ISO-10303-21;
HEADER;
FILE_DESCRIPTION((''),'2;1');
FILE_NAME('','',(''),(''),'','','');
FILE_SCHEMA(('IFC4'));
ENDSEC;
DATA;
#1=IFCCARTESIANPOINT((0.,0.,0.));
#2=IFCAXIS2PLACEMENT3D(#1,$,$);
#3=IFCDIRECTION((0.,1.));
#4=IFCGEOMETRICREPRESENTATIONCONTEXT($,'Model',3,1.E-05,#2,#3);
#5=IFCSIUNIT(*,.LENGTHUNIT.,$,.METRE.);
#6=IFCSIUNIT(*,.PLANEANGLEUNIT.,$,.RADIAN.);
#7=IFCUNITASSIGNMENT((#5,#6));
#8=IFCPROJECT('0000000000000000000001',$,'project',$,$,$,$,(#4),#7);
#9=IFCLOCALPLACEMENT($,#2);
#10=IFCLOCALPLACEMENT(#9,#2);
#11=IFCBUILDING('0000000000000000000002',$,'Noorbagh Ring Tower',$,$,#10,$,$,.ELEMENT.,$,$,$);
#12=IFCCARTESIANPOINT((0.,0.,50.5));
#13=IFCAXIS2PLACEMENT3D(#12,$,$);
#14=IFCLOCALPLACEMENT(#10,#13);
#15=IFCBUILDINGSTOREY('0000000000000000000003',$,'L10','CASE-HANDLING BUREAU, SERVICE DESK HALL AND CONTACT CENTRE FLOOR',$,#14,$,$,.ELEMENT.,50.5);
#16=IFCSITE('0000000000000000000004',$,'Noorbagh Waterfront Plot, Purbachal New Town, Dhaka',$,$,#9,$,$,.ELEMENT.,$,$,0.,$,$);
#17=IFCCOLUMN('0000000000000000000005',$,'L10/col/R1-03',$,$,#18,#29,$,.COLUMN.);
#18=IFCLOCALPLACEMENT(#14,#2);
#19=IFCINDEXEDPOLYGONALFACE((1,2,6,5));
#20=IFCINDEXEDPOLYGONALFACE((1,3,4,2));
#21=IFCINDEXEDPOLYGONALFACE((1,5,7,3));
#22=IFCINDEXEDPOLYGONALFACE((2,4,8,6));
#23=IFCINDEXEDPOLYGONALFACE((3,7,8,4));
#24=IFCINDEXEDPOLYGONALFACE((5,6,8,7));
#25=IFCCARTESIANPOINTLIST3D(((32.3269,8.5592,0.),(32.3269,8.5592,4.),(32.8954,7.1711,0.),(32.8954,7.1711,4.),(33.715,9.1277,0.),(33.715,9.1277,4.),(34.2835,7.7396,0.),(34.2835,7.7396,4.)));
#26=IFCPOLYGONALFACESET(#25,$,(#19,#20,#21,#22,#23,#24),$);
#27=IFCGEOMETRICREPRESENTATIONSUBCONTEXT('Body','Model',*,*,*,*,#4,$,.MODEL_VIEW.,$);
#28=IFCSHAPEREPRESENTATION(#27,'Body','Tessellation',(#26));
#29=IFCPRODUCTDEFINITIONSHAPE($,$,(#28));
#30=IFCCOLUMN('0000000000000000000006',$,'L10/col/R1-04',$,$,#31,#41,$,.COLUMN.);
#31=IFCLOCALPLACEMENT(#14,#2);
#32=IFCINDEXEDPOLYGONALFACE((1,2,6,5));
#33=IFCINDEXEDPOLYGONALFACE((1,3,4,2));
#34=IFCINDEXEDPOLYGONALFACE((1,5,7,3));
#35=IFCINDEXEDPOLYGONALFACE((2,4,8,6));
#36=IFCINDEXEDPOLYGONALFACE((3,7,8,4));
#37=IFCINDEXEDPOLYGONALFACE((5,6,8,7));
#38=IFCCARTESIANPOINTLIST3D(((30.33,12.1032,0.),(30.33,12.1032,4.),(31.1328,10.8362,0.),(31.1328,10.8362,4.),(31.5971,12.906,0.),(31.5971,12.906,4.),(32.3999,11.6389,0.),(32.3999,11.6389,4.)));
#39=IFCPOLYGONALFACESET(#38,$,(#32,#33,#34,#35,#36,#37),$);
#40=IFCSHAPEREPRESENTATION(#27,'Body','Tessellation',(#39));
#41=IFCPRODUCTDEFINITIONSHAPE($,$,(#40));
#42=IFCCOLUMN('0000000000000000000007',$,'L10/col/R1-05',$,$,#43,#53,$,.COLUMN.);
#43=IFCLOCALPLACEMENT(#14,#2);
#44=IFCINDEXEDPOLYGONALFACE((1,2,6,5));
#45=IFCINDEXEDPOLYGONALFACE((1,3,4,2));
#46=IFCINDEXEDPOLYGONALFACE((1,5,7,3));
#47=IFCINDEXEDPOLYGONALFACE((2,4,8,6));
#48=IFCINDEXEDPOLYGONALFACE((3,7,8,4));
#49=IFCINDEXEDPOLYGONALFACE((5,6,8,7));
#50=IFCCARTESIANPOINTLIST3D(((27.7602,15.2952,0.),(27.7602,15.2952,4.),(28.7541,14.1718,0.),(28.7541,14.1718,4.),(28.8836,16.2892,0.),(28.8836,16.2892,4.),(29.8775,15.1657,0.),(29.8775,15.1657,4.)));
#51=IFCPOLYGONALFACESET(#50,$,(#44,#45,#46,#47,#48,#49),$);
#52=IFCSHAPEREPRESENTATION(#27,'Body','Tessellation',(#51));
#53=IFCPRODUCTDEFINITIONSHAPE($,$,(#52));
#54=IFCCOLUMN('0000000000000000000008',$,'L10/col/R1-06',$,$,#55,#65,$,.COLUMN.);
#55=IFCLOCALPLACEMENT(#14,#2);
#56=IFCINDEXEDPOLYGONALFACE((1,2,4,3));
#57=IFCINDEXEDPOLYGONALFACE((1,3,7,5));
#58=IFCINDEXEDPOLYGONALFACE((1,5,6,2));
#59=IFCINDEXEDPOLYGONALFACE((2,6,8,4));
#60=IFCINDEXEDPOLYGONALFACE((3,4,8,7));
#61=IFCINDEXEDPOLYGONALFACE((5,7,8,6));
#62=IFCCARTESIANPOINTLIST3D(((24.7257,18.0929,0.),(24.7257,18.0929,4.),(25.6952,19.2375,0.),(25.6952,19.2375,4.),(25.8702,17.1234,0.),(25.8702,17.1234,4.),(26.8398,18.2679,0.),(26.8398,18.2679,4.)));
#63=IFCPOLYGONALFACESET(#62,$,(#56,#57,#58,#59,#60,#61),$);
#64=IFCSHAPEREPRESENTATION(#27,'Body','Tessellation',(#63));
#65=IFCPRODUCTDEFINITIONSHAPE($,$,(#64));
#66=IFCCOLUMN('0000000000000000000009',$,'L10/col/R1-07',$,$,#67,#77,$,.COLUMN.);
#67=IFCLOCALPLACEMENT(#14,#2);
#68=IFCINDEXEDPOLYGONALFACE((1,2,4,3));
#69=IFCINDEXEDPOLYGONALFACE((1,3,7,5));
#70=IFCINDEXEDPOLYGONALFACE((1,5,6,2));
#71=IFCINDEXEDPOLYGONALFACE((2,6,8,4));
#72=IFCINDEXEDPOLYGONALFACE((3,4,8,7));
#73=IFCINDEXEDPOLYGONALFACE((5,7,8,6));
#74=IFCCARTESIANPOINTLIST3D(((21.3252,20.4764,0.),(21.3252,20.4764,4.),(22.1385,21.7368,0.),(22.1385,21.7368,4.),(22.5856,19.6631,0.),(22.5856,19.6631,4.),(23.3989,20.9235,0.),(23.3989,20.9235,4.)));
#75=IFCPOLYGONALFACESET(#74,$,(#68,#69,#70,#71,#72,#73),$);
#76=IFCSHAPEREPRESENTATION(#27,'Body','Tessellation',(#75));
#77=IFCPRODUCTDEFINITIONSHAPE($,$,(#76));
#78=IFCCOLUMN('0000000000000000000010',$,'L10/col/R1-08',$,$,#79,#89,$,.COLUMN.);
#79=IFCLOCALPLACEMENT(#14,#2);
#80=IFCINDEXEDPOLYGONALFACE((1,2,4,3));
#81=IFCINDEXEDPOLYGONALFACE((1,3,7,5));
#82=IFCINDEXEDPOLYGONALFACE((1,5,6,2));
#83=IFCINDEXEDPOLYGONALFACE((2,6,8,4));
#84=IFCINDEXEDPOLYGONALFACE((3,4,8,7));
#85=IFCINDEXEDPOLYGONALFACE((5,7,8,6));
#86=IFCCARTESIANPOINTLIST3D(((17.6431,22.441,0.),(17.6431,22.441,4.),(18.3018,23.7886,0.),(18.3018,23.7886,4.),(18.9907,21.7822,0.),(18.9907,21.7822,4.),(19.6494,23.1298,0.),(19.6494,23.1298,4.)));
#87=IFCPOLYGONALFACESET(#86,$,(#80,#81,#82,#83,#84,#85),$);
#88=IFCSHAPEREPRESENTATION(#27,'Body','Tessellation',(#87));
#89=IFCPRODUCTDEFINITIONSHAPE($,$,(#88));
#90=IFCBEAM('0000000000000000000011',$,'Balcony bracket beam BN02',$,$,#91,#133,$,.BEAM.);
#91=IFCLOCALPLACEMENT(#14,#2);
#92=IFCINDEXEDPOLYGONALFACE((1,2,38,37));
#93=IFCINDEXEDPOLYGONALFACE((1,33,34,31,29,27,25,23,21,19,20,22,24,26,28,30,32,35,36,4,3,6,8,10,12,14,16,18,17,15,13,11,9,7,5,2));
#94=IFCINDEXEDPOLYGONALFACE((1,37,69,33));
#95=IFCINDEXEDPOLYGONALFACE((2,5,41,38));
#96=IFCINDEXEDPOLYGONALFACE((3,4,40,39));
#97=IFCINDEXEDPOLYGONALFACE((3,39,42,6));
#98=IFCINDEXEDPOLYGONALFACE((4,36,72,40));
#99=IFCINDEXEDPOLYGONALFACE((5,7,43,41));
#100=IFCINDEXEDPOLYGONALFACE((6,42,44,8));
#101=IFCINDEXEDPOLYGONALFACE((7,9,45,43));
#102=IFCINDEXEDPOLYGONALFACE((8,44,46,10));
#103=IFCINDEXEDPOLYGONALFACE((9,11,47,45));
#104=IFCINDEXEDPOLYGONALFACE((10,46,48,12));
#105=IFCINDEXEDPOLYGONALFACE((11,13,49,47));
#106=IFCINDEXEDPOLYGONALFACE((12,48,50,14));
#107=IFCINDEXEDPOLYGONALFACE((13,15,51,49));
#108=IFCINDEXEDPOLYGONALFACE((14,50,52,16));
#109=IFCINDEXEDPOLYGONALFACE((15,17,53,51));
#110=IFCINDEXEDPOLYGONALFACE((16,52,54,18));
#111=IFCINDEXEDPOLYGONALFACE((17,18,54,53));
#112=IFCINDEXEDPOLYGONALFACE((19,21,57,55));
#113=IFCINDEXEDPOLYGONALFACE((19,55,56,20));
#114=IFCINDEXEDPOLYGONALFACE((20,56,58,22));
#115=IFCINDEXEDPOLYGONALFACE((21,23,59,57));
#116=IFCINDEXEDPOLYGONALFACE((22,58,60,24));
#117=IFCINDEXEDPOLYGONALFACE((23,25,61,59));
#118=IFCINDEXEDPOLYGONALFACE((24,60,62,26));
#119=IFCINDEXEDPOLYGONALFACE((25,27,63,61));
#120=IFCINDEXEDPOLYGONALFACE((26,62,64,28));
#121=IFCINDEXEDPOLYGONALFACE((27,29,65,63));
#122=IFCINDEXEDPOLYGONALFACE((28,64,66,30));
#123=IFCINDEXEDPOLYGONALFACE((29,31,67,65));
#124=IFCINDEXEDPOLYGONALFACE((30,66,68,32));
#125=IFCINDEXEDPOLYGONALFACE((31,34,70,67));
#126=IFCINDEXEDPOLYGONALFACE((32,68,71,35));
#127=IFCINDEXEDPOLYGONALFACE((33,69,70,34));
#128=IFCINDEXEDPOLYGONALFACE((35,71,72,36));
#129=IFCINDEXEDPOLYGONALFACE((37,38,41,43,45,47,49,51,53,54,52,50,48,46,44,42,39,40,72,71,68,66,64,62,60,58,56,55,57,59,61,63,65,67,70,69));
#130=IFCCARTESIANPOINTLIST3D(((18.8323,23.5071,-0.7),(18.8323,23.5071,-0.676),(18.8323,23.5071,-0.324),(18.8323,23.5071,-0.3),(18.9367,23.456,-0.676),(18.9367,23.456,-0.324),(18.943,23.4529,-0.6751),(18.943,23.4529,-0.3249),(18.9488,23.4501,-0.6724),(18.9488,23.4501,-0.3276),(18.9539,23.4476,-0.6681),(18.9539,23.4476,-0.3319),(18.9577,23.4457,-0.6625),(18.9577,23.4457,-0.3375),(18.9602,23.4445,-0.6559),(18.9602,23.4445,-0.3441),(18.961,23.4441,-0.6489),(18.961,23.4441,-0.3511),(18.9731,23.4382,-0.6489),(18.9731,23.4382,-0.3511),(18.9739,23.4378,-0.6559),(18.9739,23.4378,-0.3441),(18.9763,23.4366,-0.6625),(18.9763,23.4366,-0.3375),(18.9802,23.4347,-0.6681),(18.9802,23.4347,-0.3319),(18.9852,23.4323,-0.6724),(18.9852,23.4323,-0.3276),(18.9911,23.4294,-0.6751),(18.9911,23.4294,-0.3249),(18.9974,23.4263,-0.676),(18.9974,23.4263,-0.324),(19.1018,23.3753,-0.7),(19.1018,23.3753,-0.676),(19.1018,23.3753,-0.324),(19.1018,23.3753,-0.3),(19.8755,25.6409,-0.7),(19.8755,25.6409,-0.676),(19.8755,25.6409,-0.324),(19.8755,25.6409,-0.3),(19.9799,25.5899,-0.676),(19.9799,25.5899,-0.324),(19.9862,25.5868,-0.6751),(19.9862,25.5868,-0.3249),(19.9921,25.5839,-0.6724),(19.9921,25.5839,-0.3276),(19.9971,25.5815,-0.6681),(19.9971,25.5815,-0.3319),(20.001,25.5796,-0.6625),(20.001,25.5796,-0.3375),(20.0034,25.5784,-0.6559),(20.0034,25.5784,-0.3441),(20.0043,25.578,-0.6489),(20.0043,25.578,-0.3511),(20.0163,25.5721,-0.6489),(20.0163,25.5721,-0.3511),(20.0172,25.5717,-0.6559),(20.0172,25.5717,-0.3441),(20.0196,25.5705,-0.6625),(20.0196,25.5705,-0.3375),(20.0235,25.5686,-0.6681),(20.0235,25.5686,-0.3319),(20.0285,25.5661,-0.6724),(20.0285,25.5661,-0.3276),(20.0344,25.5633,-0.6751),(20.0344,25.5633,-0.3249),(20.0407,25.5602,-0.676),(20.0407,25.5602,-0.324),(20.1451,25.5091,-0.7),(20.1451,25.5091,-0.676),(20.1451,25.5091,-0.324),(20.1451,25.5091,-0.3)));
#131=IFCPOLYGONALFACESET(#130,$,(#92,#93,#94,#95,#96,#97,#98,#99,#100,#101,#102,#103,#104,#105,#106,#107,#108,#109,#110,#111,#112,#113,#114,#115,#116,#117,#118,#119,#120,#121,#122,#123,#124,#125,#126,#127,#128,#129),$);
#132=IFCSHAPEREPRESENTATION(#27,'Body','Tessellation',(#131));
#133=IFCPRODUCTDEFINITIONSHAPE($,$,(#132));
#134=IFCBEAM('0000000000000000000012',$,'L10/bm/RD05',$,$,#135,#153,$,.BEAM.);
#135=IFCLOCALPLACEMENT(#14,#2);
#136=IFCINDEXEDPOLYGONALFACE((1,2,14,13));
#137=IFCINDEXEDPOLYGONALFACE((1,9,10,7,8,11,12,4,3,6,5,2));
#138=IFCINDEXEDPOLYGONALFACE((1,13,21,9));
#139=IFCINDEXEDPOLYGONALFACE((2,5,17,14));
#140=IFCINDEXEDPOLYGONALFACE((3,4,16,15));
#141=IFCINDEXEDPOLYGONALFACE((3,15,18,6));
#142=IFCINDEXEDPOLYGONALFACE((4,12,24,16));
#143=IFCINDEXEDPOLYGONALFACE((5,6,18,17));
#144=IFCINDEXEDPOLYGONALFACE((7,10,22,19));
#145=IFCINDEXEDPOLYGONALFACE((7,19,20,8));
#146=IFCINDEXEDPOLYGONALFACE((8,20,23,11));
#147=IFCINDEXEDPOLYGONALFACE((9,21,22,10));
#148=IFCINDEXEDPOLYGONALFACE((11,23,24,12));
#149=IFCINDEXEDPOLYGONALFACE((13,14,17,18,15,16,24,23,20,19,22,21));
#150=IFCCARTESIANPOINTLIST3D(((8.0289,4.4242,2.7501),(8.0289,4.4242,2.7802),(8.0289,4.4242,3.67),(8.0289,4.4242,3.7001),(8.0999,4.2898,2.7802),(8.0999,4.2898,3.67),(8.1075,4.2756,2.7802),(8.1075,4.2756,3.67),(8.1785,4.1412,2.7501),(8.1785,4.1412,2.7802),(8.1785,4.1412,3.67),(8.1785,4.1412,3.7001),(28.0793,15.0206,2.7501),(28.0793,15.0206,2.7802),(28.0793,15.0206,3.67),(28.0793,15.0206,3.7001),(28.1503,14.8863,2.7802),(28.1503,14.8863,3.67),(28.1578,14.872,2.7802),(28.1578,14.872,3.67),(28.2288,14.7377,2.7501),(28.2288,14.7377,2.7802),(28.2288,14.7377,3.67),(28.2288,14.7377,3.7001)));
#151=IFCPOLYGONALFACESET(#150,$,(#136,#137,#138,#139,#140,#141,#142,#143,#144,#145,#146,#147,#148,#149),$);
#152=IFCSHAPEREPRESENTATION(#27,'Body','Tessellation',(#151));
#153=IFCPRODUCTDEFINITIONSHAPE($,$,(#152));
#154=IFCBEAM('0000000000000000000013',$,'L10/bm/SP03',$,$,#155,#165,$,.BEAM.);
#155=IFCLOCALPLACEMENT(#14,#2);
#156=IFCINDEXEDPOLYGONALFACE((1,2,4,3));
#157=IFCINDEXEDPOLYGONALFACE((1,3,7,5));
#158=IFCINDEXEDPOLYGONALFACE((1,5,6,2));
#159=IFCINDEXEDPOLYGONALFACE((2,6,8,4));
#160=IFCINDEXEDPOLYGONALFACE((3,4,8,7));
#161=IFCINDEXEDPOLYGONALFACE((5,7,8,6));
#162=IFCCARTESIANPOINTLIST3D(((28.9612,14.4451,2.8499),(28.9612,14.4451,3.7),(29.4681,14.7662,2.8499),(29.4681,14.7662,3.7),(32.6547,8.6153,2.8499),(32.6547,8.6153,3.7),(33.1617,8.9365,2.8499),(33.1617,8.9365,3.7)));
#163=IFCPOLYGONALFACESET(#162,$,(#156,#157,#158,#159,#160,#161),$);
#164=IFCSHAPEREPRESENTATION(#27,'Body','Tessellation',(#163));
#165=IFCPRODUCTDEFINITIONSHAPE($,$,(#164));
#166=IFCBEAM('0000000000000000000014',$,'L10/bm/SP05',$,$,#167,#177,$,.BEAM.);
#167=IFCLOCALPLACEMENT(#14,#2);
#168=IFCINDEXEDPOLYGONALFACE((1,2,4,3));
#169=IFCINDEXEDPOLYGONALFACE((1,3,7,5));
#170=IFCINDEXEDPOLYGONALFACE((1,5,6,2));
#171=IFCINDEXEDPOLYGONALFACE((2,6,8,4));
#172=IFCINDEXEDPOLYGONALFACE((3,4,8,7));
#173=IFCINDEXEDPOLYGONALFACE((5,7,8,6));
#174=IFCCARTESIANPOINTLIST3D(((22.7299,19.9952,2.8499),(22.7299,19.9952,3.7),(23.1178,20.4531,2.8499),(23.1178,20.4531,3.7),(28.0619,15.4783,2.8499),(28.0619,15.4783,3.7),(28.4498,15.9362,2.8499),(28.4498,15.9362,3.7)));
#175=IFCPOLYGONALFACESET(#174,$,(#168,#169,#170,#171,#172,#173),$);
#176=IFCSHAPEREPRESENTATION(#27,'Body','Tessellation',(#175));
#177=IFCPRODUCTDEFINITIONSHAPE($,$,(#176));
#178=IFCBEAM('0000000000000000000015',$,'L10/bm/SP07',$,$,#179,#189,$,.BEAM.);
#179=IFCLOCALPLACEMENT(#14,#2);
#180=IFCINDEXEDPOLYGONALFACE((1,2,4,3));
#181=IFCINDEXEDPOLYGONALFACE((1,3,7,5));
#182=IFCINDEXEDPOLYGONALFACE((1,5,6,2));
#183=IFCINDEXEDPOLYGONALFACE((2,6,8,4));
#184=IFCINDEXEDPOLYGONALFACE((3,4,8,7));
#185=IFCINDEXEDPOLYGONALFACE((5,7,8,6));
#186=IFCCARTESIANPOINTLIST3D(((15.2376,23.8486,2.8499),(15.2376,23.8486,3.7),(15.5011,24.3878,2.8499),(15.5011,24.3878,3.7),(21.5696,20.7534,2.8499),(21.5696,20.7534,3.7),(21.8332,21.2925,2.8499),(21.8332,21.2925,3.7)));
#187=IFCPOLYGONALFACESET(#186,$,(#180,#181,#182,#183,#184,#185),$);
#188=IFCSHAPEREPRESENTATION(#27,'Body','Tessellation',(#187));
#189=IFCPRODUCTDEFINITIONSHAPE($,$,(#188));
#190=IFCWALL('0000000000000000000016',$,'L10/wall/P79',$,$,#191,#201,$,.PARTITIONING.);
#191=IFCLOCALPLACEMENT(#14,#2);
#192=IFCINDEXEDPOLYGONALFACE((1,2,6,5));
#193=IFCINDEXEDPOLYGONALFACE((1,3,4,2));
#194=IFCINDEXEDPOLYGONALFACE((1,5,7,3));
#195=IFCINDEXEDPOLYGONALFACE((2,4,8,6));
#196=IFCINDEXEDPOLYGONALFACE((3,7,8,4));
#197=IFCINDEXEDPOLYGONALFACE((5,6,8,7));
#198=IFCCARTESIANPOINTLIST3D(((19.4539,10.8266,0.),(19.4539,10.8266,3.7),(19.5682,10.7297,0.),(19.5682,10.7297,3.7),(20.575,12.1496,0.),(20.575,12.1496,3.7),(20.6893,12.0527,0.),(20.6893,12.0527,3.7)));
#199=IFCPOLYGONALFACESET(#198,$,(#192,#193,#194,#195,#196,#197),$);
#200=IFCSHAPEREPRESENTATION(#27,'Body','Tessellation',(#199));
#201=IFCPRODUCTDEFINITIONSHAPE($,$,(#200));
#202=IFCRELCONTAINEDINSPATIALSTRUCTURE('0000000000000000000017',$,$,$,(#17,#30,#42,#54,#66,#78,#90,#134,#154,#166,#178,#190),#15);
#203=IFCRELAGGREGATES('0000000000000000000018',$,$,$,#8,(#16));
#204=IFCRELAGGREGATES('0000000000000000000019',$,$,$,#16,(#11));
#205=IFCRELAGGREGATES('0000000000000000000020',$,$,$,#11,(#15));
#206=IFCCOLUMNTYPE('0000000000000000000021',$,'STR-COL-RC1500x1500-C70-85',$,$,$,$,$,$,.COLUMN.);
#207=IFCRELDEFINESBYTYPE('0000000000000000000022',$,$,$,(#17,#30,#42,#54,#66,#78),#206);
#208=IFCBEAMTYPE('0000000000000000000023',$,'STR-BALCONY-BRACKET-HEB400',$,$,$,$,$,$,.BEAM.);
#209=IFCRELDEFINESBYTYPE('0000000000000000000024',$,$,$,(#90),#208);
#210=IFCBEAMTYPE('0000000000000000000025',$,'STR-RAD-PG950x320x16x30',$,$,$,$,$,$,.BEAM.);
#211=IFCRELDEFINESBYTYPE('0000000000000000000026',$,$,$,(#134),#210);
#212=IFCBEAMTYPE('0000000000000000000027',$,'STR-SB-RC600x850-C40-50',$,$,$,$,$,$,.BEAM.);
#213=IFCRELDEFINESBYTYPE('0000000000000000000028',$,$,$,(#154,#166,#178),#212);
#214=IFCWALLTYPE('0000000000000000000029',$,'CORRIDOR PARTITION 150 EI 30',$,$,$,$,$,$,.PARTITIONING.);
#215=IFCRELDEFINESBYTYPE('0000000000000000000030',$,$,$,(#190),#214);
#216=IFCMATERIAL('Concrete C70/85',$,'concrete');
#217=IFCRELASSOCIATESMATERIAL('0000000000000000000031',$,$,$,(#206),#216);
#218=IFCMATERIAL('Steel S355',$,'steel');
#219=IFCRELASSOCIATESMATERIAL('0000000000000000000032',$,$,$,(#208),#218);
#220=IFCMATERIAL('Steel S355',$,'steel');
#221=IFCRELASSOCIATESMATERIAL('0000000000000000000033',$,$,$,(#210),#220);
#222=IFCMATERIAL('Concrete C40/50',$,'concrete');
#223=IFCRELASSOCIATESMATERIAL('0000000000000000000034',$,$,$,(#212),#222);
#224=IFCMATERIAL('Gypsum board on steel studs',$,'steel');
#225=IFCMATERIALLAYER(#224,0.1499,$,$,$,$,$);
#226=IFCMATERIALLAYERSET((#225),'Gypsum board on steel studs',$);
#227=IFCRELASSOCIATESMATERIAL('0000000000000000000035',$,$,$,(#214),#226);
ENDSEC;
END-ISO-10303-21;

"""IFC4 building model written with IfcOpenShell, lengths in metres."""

from ifc_helpers import new_model, si_unit, direction, frame, frame_2d, origin, origin_2d, place, context, subcontext, project, spatial, rectangle, i_section, extrude, material, layer, layer_set, material_profile, profile_set, type_object, element, save


model = new_model("IFC4")

# Units and contexts
model_context = context("Model", 3, precision=1e-05, world=origin(), true_north=direction((0.0, 1.0)))
body_context = subcontext(model_context, "Body", "Model", "MODEL_VIEW")
ifc_project = project(units=[si_unit("LENGTHUNIT", "METRE"), si_unit("PLANEANGLEUNIT", "RADIAN")], contexts=[model_context])

# Site, building, storey
site_placement = place(None, origin())
site = spatial("IfcSite", under=ifc_project, at=site_placement, Name="Noorbagh Waterfront Plot, Purbachal New Town, Dhaka", CompositionType="ELEMENT", RefElevation=0.0)
building_placement = place(site_placement, origin())
building = spatial("IfcBuilding", under=site, at=building_placement, Name="Noorbagh Ring Tower", CompositionType="ELEMENT")
storey_placement = place(building_placement, frame((0.0, 0.0, 50.5)))
storey = spatial("IfcBuildingStorey", under=building, at=storey_placement, Name="L10", Description="CASE-HANDLING BUREAU, SERVICE DESK HALL AND CONTACT CENTRE FLOOR", CompositionType="ELEMENT", Elevation=50.5)

# Columns
ifc_material_1 = material(Name="Concrete C70/85", Category="concrete")
ifc_material_profile_1 = material_profile(ifc_material_1, rectangle(XDim=1.5, YDim=1.5, at=origin_2d()), Name="RC1500x1500")
ifc_profile_set_1 = profile_set([ifc_material_profile_1], Name="Concrete C70/85")
column_type = type_object("IfcColumnType", Name="STR-COL-RC1500x1500-C70-85", PredefinedType="COLUMN", material=ifc_profile_set_1)
for number, where, z_axis, x_axis, name in (
    (1, (33.3052, 8.1494, 0.0), (0.0, 0.0, 1.0), (-0.378989, 0.925401, 0.0), "L10/col/R1-03"),
    (2, (31.365, 11.8711, 0.0), (0.0, 0.0, 1.0), (-0.53519, 0.844731, 0.0), "L10/col/R1-04"),
    (3, (28.8188, 15.2305, 0.0), (0.0, 0.0, 1.0), (-0.662636, 0.748942, 0.0), "L10/col/R1-05"),
    (4, (25.7827, 18.1804, 0.0), (0.0, 0.0, 1.0), (-0.763035, 0.646357, 0.0), "L10/col/R1-06"),
    (5, (22.3621, 20.7, 0.0), (0.0, 0.0, 1.0), (-0.840248, 0.542203, 0.0), "L10/col/R1-07"),
    (6, (18.6462, 22.7854, 0.0), (0.0, 0.0, 1.0), (-0.898399, 0.43918, 0.0), "L10/col/R1-08"),
):
    element("IfcColumn", number, at=place(storey_placement, frame(where, z_axis=z_axis, x_axis=x_axis)), inside=storey, type_object=column_type, Name=name, PredefinedType="COLUMN", context=body_context, shape_type="SweptSolid", body=[
        extrude(rectangle(XDim=1.5, YDim=1.5, at=origin_2d()), origin(), (0.0, 0.0, 1.0), 4.0),
    ])

# Beams
ifc_material_2 = material(Name="Steel S355", Category="steel")
ifc_material_profile_2 = material_profile(ifc_material_2, i_section(OverallWidth=0.3, OverallDepth=0.3999, WebThickness=0.0134, FlangeThickness=0.0239, FilletRadius=0.0271, at=origin_2d()), Name="HEB400")
ifc_profile_set_2 = profile_set([ifc_material_profile_2], Name="Steel S355")
beam_type_1 = type_object("IfcBeamType", Name="STR-BALCONY-BRACKET-HEB400", PredefinedType="BEAM", material=ifc_profile_set_2)
beam_1_placement = place(storey_placement, frame((18.967, 23.4412, -0.5), z_axis=(0.439219, 0.89838, 0.0), x_axis=(-0.89838, 0.439219, 0.0)))
element("IfcBeam", 7, at=beam_1_placement, inside=storey, type_object=beam_type_1, Name="Balcony bracket beam BN02", PredefinedType="BEAM", context=body_context, shape_type="SweptSolid", body=[
    extrude(i_section(OverallWidth=0.3, OverallDepth=0.3999, WebThickness=0.0134, FlangeThickness=0.0239, FilletRadius=0.0271, at=origin_2d()), origin(), (0.0, 0.0, 1.0), 2.3752),
])
ifc_material_3 = material(Name="Steel S355", Category="steel")
ifc_material_profile_3 = material_profile(ifc_material_3, i_section(OverallWidth=0.3201, OverallDepth=0.95, WebThickness=0.0161, FlangeThickness=0.03, at=origin_2d()), Name="PG950x320x16x30")
ifc_profile_set_3 = profile_set([ifc_material_profile_3], Name="Steel S355")
beam_type_2 = type_object("IfcBeamType", Name="STR-RAD-PG950x320x16x30", PredefinedType="BEAM", material=ifc_profile_set_3)
beam_2_placement = place(storey_placement, frame((28.1541, 14.8792, 3.2251), z_axis=(-0.884124, -0.467253, 0.0), x_axis=(0.467253, -0.884124, 0.0)))
element("IfcBeam", 8, at=beam_2_placement, inside=storey, type_object=beam_type_2, Name="L10/bm/RD05", PredefinedType="BEAM", context=body_context, shape_type="SweptSolid", body=[
    extrude(i_section(OverallWidth=0.3201, OverallDepth=0.95, WebThickness=0.0161, FlangeThickness=0.03, at=origin_2d()), origin(), (0.0, 0.0, 1.0), 22.6782),
])
ifc_material_4 = material(Name="Concrete C40/50", Category="concrete")
ifc_material_profile_4 = material_profile(ifc_material_4, rectangle(XDim=0.6001, YDim=0.8501, at=origin_2d()), Name="RC600x850")
ifc_profile_set_4 = profile_set([ifc_material_profile_4], Name="Concrete C40/50")
beam_type_3 = type_object("IfcBeamType", Name="STR-SB-RC600x850-C40-50", PredefinedType="BEAM", material=ifc_profile_set_4)
beam_3_placement = place(storey_placement, frame((32.9082, 8.7759, 3.2749), z_axis=(-0.535194, 0.844729, 0.0), x_axis=(-0.844729, -0.535194, 0.0)))
element("IfcBeam", 9, at=beam_3_placement, inside=storey, type_object=beam_type_3, Name="L10/bm/SP03", PredefinedType="BEAM", context=body_context, shape_type="SweptSolid", body=[
    extrude(rectangle(XDim=0.6001, YDim=0.8501, at=origin_2d()), origin(), (0.0, 0.0, 1.0), 6.9014),
])
beam_4_placement = place(storey_placement, frame((28.2559, 15.7073, 3.2749), z_axis=(-0.763024, 0.64637, 0.0), x_axis=(-0.64637, -0.763024, 0.0)))
element("IfcBeam", 10, at=beam_4_placement, inside=storey, type_object=beam_type_3, Name="L10/bm/SP05", PredefinedType="BEAM", context=body_context, shape_type="SweptSolid", body=[
    extrude(rectangle(XDim=0.6001, YDim=0.8501, at=origin_2d()), origin(), (0.0, 0.0, 1.0), 6.988),
])
beam_5_placement = place(storey_placement, frame((21.7014, 21.0229, 3.2749), z_axis=(-0.898409, 0.439159, 0.0), x_axis=(-0.439159, -0.898409, 0.0)))
element("IfcBeam", 11, at=beam_5_placement, inside=storey, type_object=beam_type_3, Name="L10/bm/SP07", PredefinedType="BEAM", context=body_context, shape_type="SweptSolid", body=[
    extrude(rectangle(XDim=0.6001, YDim=0.8501, at=origin_2d()), origin(), (0.0, 0.0, 1.0), 7.0481),
])

# Wall
ifc_material_5 = material(Name="Gypsum board on steel studs", Category="steel")
ifc_layer_1 = layer(ifc_material_5, 0.1499)
ifc_layer_set_1 = layer_set([ifc_layer_1], Name="Gypsum board on steel studs")
wall_type_1 = type_object("IfcWallType", Name="CORRIDOR PARTITION 150 EI 30", PredefinedType="PARTITIONING", material=ifc_layer_set_1)
wall_1_placement = place(storey_placement, frame((19.511, 10.7781, 0.0), z_axis=(0.0, 0.0, 1.0), x_axis=(0.646491, 0.762921, 0.0)))
element("IfcWall", 12, at=wall_1_placement, inside=storey, type_object=wall_type_1, Name="L10/wall/P79", PredefinedType="PARTITIONING", context=body_context, shape_type="SweptSolid", body=[
    extrude(rectangle(XDim=1.7341, YDim=0.1499, at=frame_2d((0.8672, 0.0))), origin(), (0.0, 0.0, 1.0), 3.7),
])

save(model, "model.ifc")
